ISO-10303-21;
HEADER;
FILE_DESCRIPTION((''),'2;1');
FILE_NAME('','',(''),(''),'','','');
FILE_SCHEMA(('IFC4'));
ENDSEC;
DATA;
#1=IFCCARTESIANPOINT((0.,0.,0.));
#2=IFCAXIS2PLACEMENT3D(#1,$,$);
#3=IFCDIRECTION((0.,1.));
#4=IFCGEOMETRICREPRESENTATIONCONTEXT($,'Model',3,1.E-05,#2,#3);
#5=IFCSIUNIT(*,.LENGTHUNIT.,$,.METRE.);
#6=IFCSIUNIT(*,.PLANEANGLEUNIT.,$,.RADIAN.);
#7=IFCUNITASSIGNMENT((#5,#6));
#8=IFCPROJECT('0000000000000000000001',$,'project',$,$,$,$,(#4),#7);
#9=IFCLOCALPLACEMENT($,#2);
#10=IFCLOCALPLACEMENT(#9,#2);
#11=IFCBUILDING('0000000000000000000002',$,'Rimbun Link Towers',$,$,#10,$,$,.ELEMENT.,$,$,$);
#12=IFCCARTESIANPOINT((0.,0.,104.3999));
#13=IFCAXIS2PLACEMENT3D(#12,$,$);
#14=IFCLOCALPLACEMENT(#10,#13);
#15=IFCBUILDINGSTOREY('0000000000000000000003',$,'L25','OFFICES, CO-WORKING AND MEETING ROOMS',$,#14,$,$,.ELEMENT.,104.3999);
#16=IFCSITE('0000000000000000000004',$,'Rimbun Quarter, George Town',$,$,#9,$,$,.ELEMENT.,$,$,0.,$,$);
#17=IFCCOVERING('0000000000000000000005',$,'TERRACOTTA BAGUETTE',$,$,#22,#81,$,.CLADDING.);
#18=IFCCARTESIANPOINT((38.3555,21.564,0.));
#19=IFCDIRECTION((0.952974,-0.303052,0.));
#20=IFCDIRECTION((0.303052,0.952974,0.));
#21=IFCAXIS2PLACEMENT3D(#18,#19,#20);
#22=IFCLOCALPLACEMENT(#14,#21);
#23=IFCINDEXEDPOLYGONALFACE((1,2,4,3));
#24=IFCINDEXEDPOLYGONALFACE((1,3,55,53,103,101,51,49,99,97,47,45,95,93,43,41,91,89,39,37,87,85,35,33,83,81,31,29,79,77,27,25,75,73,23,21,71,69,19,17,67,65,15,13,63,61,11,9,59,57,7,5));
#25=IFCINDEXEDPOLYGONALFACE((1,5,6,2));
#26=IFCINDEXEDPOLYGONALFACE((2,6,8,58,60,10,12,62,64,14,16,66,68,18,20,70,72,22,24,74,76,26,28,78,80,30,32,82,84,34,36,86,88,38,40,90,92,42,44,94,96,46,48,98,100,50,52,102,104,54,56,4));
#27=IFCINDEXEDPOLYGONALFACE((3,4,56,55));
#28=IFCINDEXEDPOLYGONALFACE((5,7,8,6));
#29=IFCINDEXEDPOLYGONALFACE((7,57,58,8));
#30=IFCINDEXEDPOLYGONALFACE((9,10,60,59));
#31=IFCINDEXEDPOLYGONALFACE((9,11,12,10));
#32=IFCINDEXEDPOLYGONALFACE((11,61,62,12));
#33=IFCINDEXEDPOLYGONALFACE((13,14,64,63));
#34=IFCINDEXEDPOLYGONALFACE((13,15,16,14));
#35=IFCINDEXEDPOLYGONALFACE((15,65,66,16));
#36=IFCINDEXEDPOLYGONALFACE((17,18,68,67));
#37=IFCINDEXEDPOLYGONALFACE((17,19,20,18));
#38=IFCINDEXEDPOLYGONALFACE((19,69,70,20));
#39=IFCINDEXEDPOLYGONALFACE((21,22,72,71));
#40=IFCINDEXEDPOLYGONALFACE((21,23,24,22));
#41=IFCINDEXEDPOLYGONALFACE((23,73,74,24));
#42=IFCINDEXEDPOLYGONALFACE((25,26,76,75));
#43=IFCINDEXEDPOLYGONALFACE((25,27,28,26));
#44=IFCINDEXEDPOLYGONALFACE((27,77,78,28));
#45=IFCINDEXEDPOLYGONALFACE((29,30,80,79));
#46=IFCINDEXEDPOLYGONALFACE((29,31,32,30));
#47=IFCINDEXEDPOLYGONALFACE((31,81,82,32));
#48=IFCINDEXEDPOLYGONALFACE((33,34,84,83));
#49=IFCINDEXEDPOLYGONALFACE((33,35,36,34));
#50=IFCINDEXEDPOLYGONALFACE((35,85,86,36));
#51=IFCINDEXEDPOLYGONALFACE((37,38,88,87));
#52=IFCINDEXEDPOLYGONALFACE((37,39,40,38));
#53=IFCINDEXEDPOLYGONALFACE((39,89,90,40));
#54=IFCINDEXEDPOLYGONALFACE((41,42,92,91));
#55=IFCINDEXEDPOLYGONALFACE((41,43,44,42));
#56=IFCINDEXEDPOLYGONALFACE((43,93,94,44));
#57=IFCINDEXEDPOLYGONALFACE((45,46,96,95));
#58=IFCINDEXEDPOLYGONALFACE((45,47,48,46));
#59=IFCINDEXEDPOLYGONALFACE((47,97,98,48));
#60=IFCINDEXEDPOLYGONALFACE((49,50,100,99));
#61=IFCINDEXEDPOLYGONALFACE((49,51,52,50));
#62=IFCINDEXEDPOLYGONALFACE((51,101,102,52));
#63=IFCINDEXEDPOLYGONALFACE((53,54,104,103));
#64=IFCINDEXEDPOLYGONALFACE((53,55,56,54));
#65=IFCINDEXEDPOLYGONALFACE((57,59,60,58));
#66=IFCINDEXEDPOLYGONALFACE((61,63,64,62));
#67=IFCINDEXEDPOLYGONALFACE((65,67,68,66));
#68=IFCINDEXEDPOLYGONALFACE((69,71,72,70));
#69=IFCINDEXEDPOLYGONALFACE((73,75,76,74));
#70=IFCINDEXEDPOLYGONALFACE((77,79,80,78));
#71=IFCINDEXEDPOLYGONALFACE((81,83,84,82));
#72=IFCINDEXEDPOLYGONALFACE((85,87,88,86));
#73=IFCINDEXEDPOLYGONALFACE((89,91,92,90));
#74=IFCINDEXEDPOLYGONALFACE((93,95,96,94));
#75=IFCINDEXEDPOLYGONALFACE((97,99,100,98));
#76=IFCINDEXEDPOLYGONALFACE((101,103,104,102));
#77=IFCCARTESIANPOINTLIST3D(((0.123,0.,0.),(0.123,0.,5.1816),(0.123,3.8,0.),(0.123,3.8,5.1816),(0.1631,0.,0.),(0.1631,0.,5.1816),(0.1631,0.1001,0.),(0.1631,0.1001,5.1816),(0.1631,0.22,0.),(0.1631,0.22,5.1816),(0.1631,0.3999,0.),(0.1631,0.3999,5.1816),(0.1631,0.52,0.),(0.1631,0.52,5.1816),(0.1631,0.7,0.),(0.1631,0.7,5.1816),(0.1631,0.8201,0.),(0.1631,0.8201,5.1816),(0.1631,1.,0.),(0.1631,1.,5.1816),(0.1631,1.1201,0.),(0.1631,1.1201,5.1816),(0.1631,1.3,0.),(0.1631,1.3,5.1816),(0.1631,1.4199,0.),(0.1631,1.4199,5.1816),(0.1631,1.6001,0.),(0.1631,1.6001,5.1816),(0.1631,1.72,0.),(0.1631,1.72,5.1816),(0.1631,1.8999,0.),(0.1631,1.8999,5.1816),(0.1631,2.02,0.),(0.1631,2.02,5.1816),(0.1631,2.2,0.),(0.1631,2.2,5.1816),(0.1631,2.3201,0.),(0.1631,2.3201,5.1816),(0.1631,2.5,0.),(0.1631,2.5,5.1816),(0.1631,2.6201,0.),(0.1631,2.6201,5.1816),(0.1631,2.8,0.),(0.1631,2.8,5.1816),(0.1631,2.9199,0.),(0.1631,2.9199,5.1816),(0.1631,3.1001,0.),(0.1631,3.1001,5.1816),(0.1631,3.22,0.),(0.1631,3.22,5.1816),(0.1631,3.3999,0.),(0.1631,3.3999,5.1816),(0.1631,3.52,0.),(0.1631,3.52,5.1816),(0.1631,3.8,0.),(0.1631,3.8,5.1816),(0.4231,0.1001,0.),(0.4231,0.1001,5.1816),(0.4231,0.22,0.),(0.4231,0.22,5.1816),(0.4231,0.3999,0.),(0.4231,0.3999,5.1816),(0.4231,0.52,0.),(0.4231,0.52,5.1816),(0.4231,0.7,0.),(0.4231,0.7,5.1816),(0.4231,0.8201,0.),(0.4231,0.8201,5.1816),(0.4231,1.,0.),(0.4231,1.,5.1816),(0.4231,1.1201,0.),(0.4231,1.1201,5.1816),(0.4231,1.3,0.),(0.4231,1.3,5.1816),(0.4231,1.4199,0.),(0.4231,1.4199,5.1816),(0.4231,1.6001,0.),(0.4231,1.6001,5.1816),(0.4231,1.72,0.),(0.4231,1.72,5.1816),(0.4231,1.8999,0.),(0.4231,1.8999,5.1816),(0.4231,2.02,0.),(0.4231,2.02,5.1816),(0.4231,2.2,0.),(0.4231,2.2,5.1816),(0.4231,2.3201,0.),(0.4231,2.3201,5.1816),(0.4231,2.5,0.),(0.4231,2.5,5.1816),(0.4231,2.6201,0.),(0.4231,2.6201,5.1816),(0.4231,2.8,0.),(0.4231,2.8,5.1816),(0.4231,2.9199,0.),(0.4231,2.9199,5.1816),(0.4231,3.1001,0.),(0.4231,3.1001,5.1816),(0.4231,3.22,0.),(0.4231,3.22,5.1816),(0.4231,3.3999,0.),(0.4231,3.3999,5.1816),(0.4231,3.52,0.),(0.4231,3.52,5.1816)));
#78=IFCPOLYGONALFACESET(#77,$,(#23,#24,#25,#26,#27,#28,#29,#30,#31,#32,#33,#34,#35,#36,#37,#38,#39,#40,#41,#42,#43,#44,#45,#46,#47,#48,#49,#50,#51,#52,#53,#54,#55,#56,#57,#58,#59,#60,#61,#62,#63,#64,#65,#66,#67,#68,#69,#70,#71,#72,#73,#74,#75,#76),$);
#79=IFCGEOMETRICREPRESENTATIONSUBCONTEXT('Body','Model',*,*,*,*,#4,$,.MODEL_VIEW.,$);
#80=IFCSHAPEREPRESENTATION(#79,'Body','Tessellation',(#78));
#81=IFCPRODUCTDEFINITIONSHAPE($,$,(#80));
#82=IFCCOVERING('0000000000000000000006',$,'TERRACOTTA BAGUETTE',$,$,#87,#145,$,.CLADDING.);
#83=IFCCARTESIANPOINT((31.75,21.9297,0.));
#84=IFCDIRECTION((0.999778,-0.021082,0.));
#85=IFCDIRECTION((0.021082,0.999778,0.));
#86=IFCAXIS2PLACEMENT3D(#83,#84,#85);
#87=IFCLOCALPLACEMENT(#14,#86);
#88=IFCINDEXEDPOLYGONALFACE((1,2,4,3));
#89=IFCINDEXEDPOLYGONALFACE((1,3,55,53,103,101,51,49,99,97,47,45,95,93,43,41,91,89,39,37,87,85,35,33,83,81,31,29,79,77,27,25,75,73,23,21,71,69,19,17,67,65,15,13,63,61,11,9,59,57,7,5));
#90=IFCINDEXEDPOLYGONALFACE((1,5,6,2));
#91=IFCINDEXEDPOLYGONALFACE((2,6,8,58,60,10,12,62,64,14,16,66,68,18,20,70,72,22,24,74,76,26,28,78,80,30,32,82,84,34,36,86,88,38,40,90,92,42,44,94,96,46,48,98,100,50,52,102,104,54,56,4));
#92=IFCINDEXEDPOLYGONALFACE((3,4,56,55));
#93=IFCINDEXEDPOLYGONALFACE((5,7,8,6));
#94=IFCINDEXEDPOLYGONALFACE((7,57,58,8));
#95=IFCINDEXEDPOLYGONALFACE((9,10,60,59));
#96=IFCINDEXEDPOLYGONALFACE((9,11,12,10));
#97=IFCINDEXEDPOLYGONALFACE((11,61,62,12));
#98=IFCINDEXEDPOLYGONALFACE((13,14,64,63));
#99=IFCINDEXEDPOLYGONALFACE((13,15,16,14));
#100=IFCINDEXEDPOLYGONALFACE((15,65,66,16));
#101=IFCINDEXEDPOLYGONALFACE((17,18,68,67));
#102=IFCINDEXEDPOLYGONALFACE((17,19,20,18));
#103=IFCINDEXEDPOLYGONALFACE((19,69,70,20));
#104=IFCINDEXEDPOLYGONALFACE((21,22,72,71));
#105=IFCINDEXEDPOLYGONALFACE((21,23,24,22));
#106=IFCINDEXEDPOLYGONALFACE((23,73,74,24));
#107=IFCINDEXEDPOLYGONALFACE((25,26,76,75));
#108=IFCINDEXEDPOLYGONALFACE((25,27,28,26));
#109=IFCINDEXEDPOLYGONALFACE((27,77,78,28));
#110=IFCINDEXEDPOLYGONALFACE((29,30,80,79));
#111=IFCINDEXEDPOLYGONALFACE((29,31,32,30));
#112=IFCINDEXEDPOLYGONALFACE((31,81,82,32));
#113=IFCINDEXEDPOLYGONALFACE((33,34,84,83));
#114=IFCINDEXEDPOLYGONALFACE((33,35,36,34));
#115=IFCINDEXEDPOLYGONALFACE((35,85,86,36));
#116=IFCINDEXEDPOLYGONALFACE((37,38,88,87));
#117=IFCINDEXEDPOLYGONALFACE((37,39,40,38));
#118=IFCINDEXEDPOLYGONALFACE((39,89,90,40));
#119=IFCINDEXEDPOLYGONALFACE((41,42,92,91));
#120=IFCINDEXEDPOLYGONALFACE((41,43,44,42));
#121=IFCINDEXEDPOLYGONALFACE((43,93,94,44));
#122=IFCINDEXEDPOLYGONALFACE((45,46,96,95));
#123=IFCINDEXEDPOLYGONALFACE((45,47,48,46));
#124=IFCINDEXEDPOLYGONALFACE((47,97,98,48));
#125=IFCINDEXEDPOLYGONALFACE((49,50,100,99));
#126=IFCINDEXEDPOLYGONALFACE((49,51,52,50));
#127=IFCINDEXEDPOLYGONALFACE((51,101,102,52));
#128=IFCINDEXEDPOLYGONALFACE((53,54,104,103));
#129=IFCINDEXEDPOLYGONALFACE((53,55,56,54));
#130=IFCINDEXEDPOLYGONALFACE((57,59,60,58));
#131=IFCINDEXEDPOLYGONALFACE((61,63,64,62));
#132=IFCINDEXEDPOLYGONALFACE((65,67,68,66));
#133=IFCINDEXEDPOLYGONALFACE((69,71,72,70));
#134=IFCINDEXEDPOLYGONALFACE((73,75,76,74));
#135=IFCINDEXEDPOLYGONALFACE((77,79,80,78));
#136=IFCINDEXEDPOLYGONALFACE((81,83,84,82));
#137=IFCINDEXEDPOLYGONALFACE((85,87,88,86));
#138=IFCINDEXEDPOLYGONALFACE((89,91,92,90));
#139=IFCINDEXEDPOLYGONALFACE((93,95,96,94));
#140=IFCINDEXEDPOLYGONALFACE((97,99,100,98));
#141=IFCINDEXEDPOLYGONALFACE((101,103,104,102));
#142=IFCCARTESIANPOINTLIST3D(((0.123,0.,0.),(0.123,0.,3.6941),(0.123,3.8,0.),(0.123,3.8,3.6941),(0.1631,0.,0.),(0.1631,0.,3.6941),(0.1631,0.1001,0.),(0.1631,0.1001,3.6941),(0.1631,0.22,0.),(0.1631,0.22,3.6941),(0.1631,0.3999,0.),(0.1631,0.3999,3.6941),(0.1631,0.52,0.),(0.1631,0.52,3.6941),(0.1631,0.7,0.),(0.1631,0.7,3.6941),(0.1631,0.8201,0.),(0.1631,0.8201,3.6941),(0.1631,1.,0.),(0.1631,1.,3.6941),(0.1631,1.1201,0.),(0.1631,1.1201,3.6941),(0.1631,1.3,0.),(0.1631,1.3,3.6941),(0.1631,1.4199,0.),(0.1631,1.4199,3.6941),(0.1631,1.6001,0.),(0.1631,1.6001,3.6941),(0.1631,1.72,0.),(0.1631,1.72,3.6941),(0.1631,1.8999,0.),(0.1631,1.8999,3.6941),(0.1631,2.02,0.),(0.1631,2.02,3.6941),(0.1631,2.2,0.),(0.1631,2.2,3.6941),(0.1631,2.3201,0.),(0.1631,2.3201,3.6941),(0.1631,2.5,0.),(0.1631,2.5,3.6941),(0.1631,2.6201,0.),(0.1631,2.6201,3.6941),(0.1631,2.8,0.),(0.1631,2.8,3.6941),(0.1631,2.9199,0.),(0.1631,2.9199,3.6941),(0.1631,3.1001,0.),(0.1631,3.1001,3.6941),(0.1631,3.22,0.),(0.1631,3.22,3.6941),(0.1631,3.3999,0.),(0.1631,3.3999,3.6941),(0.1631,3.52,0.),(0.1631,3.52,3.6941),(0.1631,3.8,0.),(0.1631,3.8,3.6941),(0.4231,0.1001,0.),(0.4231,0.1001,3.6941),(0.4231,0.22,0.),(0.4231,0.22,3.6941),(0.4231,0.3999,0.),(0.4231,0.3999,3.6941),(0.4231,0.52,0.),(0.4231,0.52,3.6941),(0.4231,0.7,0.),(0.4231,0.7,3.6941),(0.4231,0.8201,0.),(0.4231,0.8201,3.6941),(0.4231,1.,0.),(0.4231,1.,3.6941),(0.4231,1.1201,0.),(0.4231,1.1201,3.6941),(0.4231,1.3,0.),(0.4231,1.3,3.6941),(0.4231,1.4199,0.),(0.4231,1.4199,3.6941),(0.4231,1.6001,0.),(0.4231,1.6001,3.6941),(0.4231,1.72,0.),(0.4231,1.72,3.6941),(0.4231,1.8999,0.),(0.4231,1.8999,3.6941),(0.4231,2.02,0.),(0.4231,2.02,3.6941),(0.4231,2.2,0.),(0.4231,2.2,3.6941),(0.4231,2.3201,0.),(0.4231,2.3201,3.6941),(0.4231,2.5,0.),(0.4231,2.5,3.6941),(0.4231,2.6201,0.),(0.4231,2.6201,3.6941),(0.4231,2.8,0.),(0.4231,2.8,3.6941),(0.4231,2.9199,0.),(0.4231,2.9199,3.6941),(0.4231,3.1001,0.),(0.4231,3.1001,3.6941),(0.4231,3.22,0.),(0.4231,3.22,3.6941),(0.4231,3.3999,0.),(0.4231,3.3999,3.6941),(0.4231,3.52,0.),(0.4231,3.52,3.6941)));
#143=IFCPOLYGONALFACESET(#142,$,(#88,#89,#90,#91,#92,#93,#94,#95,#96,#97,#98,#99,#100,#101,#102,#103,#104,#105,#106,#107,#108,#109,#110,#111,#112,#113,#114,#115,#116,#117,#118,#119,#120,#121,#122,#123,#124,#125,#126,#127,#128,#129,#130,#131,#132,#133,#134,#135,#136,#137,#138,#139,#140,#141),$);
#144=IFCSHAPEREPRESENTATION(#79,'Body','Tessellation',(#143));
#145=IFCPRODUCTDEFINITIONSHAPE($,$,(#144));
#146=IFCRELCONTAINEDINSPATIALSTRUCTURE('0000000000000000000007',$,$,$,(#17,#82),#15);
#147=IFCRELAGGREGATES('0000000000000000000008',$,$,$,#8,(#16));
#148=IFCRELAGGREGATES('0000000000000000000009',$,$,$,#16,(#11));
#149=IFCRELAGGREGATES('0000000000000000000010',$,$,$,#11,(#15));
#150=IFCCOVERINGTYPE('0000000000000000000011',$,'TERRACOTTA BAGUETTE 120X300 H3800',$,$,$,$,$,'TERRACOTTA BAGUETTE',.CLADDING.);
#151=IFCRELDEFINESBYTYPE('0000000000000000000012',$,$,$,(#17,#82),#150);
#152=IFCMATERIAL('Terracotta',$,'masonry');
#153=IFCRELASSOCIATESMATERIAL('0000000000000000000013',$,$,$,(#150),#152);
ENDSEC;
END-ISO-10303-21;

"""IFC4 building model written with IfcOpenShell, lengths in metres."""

from ifc_helpers import new_model, si_unit, direction, frame, origin, place, context, subcontext, project, spatial, polyline, outline, extrude, material, material_profile, profile_set, type_object, element, save


model = new_model("IFC4")

# Units and contexts
model_context = context("Model", 3, precision=1e-05, world=origin(), true_north=direction((0.0, 1.0)))
body_context = subcontext(model_context, "Body", "Model", "MODEL_VIEW")
ifc_project = project(units=[si_unit("LENGTHUNIT", "METRE"), si_unit("PLANEANGLEUNIT", "RADIAN")], contexts=[model_context])

# Site, building, storey
site_placement = place(None, origin())
site = spatial("IfcSite", under=ifc_project, at=site_placement, Name="Rimbun Quarter, George Town", CompositionType="ELEMENT", RefElevation=0.0)
building_placement = place(site_placement, origin())
building = spatial("IfcBuilding", under=site, at=building_placement, Name="Rimbun Link Towers", CompositionType="ELEMENT")
storey_placement = place(building_placement, frame((0.0, 0.0, 104.3999)))
storey = spatial("IfcBuildingStorey", under=building, at=storey_placement, Name="L25", Description="OFFICES, CO-WORKING AND MEETING ROOMS", CompositionType="ELEMENT", Elevation=104.3999)

# Coverings
ifc_material_1 = material(Name="Terracotta", Category="masonry")
ifc_material_profile_1 = material_profile(ifc_material_1, outline(polyline([(0.123, 0.0), (0.1631, 0.0), (0.1631, 0.1001), (0.4231, 0.1001), (0.4231, 0.22), (0.1631, 0.22), (0.1631, 0.3999), (0.4231, 0.3999), (0.4231, 0.52), (0.1631, 0.52), (0.1631, 0.7), (0.4231, 0.7), (0.4231, 0.8201), (0.1631, 0.8201), (0.1631, 1.0), (0.4231, 1.0), (0.4231, 1.1201), (0.1631, 1.1201), (0.1631, 1.3), (0.4231, 1.3), (0.4231, 1.4199), (0.1631, 1.4199), (0.1631, 1.6001), (0.4231, 1.6001), (0.4231, 1.72), (0.1631, 1.72), (0.1631, 1.8999), (0.4231, 1.8999), (0.4231, 2.02), (0.1631, 2.02), (0.1631, 2.2), (0.4231, 2.2), (0.4231, 2.3201), (0.1631, 2.3201), (0.1631, 2.5), (0.4231, 2.5), (0.4231, 2.6201), (0.1631, 2.6201), (0.1631, 2.8), (0.4231, 2.8), (0.4231, 2.9199), (0.1631, 2.9199), (0.1631, 3.1001), (0.4231, 3.1001), (0.4231, 3.22), (0.1631, 3.22), (0.1631, 3.3999), (0.4231, 3.3999), (0.4231, 3.52), (0.1631, 3.52), (0.1631, 3.8), (0.123, 3.8), (0.123, 0.0)])), Name="BAGUETTE 120X300")
ifc_profile_set_1 = profile_set([ifc_material_profile_1], Name="Terracotta")
covering_type = type_object("IfcCoveringType", Name="TERRACOTTA BAGUETTE 120X300 H3800", ElementType="TERRACOTTA BAGUETTE", PredefinedType="CLADDING", material=ifc_profile_set_1)
covering_1_placement = place(storey_placement, frame((38.3555, 21.564, 0.0), z_axis=(0.952974, -0.303052, 0.0), x_axis=(0.303052, 0.952974, 0.0)))
element("IfcCovering", 1, at=covering_1_placement, inside=storey, type_object=covering_type, Name="TERRACOTTA BAGUETTE", PredefinedType="CLADDING", context=body_context, shape_type="SweptSolid", body=[
    extrude(outline(polyline([(0.123, 0.0), (0.1631, 0.0), (0.1631, 0.1001), (0.4231, 0.1001), (0.4231, 0.22), (0.1631, 0.22), (0.1631, 0.3999), (0.4231, 0.3999), (0.4231, 0.52), (0.1631, 0.52), (0.1631, 0.7), (0.4231, 0.7), (0.4231, 0.8201), (0.1631, 0.8201), (0.1631, 1.0), (0.4231, 1.0), (0.4231, 1.1201), (0.1631, 1.1201), (0.1631, 1.3), (0.4231, 1.3), (0.4231, 1.4199), (0.1631, 1.4199), (0.1631, 1.6001), (0.4231, 1.6001), (0.4231, 1.72), (0.1631, 1.72), (0.1631, 1.8999), (0.4231, 1.8999), (0.4231, 2.02), (0.1631, 2.02), (0.1631, 2.2), (0.4231, 2.2), (0.4231, 2.3201), (0.1631, 2.3201), (0.1631, 2.5), (0.4231, 2.5), (0.4231, 2.6201), (0.1631, 2.6201), (0.1631, 2.8), (0.4231, 2.8), (0.4231, 2.9199), (0.1631, 2.9199), (0.1631, 3.1001), (0.4231, 3.1001), (0.4231, 3.22), (0.1631, 3.22), (0.1631, 3.3999), (0.4231, 3.3999), (0.4231, 3.52), (0.1631, 3.52), (0.1631, 3.8), (0.123, 3.8), (0.123, 0.0)])), origin(), (0.0, 0.0, 1.0), 5.1816),
])
covering_2_placement = place(storey_placement, frame((31.75, 21.9297, 0.0), z_axis=(0.999778, -0.021082, 0.0), x_axis=(0.021082, 0.999778, 0.0)))
element("IfcCovering", 2, at=covering_2_placement, inside=storey, type_object=covering_type, Name="TERRACOTTA BAGUETTE", PredefinedType="CLADDING", context=body_context, shape_type="SweptSolid", body=[
    extrude(outline(polyline([(0.123, 0.0), (0.1631, 0.0), (0.1631, 0.1001), (0.4231, 0.1001), (0.4231, 0.22), (0.1631, 0.22), (0.1631, 0.3999), (0.4231, 0.3999), (0.4231, 0.52), (0.1631, 0.52), (0.1631, 0.7), (0.4231, 0.7), (0.4231, 0.8201), (0.1631, 0.8201), (0.1631, 1.0), (0.4231, 1.0), (0.4231, 1.1201), (0.1631, 1.1201), (0.1631, 1.3), (0.4231, 1.3), (0.4231, 1.4199), (0.1631, 1.4199), (0.1631, 1.6001), (0.4231, 1.6001), (0.4231, 1.72), (0.1631, 1.72), (0.1631, 1.8999), (0.4231, 1.8999), (0.4231, 2.02), (0.1631, 2.02), (0.1631, 2.2), (0.4231, 2.2), (0.4231, 2.3201), (0.1631, 2.3201), (0.1631, 2.5), (0.4231, 2.5), (0.4231, 2.6201), (0.1631, 2.6201), (0.1631, 2.8), (0.4231, 2.8), (0.4231, 2.9199), (0.1631, 2.9199), (0.1631, 3.1001), (0.4231, 3.1001), (0.4231, 3.22), (0.1631, 3.22), (0.1631, 3.3999), (0.4231, 3.3999), (0.4231, 3.52), (0.1631, 3.52), (0.1631, 3.8), (0.123, 3.8), (0.123, 0.0)])), origin(), (0.0, 0.0, 1.0), 3.6941),
])

save(model, "model.ifc")
